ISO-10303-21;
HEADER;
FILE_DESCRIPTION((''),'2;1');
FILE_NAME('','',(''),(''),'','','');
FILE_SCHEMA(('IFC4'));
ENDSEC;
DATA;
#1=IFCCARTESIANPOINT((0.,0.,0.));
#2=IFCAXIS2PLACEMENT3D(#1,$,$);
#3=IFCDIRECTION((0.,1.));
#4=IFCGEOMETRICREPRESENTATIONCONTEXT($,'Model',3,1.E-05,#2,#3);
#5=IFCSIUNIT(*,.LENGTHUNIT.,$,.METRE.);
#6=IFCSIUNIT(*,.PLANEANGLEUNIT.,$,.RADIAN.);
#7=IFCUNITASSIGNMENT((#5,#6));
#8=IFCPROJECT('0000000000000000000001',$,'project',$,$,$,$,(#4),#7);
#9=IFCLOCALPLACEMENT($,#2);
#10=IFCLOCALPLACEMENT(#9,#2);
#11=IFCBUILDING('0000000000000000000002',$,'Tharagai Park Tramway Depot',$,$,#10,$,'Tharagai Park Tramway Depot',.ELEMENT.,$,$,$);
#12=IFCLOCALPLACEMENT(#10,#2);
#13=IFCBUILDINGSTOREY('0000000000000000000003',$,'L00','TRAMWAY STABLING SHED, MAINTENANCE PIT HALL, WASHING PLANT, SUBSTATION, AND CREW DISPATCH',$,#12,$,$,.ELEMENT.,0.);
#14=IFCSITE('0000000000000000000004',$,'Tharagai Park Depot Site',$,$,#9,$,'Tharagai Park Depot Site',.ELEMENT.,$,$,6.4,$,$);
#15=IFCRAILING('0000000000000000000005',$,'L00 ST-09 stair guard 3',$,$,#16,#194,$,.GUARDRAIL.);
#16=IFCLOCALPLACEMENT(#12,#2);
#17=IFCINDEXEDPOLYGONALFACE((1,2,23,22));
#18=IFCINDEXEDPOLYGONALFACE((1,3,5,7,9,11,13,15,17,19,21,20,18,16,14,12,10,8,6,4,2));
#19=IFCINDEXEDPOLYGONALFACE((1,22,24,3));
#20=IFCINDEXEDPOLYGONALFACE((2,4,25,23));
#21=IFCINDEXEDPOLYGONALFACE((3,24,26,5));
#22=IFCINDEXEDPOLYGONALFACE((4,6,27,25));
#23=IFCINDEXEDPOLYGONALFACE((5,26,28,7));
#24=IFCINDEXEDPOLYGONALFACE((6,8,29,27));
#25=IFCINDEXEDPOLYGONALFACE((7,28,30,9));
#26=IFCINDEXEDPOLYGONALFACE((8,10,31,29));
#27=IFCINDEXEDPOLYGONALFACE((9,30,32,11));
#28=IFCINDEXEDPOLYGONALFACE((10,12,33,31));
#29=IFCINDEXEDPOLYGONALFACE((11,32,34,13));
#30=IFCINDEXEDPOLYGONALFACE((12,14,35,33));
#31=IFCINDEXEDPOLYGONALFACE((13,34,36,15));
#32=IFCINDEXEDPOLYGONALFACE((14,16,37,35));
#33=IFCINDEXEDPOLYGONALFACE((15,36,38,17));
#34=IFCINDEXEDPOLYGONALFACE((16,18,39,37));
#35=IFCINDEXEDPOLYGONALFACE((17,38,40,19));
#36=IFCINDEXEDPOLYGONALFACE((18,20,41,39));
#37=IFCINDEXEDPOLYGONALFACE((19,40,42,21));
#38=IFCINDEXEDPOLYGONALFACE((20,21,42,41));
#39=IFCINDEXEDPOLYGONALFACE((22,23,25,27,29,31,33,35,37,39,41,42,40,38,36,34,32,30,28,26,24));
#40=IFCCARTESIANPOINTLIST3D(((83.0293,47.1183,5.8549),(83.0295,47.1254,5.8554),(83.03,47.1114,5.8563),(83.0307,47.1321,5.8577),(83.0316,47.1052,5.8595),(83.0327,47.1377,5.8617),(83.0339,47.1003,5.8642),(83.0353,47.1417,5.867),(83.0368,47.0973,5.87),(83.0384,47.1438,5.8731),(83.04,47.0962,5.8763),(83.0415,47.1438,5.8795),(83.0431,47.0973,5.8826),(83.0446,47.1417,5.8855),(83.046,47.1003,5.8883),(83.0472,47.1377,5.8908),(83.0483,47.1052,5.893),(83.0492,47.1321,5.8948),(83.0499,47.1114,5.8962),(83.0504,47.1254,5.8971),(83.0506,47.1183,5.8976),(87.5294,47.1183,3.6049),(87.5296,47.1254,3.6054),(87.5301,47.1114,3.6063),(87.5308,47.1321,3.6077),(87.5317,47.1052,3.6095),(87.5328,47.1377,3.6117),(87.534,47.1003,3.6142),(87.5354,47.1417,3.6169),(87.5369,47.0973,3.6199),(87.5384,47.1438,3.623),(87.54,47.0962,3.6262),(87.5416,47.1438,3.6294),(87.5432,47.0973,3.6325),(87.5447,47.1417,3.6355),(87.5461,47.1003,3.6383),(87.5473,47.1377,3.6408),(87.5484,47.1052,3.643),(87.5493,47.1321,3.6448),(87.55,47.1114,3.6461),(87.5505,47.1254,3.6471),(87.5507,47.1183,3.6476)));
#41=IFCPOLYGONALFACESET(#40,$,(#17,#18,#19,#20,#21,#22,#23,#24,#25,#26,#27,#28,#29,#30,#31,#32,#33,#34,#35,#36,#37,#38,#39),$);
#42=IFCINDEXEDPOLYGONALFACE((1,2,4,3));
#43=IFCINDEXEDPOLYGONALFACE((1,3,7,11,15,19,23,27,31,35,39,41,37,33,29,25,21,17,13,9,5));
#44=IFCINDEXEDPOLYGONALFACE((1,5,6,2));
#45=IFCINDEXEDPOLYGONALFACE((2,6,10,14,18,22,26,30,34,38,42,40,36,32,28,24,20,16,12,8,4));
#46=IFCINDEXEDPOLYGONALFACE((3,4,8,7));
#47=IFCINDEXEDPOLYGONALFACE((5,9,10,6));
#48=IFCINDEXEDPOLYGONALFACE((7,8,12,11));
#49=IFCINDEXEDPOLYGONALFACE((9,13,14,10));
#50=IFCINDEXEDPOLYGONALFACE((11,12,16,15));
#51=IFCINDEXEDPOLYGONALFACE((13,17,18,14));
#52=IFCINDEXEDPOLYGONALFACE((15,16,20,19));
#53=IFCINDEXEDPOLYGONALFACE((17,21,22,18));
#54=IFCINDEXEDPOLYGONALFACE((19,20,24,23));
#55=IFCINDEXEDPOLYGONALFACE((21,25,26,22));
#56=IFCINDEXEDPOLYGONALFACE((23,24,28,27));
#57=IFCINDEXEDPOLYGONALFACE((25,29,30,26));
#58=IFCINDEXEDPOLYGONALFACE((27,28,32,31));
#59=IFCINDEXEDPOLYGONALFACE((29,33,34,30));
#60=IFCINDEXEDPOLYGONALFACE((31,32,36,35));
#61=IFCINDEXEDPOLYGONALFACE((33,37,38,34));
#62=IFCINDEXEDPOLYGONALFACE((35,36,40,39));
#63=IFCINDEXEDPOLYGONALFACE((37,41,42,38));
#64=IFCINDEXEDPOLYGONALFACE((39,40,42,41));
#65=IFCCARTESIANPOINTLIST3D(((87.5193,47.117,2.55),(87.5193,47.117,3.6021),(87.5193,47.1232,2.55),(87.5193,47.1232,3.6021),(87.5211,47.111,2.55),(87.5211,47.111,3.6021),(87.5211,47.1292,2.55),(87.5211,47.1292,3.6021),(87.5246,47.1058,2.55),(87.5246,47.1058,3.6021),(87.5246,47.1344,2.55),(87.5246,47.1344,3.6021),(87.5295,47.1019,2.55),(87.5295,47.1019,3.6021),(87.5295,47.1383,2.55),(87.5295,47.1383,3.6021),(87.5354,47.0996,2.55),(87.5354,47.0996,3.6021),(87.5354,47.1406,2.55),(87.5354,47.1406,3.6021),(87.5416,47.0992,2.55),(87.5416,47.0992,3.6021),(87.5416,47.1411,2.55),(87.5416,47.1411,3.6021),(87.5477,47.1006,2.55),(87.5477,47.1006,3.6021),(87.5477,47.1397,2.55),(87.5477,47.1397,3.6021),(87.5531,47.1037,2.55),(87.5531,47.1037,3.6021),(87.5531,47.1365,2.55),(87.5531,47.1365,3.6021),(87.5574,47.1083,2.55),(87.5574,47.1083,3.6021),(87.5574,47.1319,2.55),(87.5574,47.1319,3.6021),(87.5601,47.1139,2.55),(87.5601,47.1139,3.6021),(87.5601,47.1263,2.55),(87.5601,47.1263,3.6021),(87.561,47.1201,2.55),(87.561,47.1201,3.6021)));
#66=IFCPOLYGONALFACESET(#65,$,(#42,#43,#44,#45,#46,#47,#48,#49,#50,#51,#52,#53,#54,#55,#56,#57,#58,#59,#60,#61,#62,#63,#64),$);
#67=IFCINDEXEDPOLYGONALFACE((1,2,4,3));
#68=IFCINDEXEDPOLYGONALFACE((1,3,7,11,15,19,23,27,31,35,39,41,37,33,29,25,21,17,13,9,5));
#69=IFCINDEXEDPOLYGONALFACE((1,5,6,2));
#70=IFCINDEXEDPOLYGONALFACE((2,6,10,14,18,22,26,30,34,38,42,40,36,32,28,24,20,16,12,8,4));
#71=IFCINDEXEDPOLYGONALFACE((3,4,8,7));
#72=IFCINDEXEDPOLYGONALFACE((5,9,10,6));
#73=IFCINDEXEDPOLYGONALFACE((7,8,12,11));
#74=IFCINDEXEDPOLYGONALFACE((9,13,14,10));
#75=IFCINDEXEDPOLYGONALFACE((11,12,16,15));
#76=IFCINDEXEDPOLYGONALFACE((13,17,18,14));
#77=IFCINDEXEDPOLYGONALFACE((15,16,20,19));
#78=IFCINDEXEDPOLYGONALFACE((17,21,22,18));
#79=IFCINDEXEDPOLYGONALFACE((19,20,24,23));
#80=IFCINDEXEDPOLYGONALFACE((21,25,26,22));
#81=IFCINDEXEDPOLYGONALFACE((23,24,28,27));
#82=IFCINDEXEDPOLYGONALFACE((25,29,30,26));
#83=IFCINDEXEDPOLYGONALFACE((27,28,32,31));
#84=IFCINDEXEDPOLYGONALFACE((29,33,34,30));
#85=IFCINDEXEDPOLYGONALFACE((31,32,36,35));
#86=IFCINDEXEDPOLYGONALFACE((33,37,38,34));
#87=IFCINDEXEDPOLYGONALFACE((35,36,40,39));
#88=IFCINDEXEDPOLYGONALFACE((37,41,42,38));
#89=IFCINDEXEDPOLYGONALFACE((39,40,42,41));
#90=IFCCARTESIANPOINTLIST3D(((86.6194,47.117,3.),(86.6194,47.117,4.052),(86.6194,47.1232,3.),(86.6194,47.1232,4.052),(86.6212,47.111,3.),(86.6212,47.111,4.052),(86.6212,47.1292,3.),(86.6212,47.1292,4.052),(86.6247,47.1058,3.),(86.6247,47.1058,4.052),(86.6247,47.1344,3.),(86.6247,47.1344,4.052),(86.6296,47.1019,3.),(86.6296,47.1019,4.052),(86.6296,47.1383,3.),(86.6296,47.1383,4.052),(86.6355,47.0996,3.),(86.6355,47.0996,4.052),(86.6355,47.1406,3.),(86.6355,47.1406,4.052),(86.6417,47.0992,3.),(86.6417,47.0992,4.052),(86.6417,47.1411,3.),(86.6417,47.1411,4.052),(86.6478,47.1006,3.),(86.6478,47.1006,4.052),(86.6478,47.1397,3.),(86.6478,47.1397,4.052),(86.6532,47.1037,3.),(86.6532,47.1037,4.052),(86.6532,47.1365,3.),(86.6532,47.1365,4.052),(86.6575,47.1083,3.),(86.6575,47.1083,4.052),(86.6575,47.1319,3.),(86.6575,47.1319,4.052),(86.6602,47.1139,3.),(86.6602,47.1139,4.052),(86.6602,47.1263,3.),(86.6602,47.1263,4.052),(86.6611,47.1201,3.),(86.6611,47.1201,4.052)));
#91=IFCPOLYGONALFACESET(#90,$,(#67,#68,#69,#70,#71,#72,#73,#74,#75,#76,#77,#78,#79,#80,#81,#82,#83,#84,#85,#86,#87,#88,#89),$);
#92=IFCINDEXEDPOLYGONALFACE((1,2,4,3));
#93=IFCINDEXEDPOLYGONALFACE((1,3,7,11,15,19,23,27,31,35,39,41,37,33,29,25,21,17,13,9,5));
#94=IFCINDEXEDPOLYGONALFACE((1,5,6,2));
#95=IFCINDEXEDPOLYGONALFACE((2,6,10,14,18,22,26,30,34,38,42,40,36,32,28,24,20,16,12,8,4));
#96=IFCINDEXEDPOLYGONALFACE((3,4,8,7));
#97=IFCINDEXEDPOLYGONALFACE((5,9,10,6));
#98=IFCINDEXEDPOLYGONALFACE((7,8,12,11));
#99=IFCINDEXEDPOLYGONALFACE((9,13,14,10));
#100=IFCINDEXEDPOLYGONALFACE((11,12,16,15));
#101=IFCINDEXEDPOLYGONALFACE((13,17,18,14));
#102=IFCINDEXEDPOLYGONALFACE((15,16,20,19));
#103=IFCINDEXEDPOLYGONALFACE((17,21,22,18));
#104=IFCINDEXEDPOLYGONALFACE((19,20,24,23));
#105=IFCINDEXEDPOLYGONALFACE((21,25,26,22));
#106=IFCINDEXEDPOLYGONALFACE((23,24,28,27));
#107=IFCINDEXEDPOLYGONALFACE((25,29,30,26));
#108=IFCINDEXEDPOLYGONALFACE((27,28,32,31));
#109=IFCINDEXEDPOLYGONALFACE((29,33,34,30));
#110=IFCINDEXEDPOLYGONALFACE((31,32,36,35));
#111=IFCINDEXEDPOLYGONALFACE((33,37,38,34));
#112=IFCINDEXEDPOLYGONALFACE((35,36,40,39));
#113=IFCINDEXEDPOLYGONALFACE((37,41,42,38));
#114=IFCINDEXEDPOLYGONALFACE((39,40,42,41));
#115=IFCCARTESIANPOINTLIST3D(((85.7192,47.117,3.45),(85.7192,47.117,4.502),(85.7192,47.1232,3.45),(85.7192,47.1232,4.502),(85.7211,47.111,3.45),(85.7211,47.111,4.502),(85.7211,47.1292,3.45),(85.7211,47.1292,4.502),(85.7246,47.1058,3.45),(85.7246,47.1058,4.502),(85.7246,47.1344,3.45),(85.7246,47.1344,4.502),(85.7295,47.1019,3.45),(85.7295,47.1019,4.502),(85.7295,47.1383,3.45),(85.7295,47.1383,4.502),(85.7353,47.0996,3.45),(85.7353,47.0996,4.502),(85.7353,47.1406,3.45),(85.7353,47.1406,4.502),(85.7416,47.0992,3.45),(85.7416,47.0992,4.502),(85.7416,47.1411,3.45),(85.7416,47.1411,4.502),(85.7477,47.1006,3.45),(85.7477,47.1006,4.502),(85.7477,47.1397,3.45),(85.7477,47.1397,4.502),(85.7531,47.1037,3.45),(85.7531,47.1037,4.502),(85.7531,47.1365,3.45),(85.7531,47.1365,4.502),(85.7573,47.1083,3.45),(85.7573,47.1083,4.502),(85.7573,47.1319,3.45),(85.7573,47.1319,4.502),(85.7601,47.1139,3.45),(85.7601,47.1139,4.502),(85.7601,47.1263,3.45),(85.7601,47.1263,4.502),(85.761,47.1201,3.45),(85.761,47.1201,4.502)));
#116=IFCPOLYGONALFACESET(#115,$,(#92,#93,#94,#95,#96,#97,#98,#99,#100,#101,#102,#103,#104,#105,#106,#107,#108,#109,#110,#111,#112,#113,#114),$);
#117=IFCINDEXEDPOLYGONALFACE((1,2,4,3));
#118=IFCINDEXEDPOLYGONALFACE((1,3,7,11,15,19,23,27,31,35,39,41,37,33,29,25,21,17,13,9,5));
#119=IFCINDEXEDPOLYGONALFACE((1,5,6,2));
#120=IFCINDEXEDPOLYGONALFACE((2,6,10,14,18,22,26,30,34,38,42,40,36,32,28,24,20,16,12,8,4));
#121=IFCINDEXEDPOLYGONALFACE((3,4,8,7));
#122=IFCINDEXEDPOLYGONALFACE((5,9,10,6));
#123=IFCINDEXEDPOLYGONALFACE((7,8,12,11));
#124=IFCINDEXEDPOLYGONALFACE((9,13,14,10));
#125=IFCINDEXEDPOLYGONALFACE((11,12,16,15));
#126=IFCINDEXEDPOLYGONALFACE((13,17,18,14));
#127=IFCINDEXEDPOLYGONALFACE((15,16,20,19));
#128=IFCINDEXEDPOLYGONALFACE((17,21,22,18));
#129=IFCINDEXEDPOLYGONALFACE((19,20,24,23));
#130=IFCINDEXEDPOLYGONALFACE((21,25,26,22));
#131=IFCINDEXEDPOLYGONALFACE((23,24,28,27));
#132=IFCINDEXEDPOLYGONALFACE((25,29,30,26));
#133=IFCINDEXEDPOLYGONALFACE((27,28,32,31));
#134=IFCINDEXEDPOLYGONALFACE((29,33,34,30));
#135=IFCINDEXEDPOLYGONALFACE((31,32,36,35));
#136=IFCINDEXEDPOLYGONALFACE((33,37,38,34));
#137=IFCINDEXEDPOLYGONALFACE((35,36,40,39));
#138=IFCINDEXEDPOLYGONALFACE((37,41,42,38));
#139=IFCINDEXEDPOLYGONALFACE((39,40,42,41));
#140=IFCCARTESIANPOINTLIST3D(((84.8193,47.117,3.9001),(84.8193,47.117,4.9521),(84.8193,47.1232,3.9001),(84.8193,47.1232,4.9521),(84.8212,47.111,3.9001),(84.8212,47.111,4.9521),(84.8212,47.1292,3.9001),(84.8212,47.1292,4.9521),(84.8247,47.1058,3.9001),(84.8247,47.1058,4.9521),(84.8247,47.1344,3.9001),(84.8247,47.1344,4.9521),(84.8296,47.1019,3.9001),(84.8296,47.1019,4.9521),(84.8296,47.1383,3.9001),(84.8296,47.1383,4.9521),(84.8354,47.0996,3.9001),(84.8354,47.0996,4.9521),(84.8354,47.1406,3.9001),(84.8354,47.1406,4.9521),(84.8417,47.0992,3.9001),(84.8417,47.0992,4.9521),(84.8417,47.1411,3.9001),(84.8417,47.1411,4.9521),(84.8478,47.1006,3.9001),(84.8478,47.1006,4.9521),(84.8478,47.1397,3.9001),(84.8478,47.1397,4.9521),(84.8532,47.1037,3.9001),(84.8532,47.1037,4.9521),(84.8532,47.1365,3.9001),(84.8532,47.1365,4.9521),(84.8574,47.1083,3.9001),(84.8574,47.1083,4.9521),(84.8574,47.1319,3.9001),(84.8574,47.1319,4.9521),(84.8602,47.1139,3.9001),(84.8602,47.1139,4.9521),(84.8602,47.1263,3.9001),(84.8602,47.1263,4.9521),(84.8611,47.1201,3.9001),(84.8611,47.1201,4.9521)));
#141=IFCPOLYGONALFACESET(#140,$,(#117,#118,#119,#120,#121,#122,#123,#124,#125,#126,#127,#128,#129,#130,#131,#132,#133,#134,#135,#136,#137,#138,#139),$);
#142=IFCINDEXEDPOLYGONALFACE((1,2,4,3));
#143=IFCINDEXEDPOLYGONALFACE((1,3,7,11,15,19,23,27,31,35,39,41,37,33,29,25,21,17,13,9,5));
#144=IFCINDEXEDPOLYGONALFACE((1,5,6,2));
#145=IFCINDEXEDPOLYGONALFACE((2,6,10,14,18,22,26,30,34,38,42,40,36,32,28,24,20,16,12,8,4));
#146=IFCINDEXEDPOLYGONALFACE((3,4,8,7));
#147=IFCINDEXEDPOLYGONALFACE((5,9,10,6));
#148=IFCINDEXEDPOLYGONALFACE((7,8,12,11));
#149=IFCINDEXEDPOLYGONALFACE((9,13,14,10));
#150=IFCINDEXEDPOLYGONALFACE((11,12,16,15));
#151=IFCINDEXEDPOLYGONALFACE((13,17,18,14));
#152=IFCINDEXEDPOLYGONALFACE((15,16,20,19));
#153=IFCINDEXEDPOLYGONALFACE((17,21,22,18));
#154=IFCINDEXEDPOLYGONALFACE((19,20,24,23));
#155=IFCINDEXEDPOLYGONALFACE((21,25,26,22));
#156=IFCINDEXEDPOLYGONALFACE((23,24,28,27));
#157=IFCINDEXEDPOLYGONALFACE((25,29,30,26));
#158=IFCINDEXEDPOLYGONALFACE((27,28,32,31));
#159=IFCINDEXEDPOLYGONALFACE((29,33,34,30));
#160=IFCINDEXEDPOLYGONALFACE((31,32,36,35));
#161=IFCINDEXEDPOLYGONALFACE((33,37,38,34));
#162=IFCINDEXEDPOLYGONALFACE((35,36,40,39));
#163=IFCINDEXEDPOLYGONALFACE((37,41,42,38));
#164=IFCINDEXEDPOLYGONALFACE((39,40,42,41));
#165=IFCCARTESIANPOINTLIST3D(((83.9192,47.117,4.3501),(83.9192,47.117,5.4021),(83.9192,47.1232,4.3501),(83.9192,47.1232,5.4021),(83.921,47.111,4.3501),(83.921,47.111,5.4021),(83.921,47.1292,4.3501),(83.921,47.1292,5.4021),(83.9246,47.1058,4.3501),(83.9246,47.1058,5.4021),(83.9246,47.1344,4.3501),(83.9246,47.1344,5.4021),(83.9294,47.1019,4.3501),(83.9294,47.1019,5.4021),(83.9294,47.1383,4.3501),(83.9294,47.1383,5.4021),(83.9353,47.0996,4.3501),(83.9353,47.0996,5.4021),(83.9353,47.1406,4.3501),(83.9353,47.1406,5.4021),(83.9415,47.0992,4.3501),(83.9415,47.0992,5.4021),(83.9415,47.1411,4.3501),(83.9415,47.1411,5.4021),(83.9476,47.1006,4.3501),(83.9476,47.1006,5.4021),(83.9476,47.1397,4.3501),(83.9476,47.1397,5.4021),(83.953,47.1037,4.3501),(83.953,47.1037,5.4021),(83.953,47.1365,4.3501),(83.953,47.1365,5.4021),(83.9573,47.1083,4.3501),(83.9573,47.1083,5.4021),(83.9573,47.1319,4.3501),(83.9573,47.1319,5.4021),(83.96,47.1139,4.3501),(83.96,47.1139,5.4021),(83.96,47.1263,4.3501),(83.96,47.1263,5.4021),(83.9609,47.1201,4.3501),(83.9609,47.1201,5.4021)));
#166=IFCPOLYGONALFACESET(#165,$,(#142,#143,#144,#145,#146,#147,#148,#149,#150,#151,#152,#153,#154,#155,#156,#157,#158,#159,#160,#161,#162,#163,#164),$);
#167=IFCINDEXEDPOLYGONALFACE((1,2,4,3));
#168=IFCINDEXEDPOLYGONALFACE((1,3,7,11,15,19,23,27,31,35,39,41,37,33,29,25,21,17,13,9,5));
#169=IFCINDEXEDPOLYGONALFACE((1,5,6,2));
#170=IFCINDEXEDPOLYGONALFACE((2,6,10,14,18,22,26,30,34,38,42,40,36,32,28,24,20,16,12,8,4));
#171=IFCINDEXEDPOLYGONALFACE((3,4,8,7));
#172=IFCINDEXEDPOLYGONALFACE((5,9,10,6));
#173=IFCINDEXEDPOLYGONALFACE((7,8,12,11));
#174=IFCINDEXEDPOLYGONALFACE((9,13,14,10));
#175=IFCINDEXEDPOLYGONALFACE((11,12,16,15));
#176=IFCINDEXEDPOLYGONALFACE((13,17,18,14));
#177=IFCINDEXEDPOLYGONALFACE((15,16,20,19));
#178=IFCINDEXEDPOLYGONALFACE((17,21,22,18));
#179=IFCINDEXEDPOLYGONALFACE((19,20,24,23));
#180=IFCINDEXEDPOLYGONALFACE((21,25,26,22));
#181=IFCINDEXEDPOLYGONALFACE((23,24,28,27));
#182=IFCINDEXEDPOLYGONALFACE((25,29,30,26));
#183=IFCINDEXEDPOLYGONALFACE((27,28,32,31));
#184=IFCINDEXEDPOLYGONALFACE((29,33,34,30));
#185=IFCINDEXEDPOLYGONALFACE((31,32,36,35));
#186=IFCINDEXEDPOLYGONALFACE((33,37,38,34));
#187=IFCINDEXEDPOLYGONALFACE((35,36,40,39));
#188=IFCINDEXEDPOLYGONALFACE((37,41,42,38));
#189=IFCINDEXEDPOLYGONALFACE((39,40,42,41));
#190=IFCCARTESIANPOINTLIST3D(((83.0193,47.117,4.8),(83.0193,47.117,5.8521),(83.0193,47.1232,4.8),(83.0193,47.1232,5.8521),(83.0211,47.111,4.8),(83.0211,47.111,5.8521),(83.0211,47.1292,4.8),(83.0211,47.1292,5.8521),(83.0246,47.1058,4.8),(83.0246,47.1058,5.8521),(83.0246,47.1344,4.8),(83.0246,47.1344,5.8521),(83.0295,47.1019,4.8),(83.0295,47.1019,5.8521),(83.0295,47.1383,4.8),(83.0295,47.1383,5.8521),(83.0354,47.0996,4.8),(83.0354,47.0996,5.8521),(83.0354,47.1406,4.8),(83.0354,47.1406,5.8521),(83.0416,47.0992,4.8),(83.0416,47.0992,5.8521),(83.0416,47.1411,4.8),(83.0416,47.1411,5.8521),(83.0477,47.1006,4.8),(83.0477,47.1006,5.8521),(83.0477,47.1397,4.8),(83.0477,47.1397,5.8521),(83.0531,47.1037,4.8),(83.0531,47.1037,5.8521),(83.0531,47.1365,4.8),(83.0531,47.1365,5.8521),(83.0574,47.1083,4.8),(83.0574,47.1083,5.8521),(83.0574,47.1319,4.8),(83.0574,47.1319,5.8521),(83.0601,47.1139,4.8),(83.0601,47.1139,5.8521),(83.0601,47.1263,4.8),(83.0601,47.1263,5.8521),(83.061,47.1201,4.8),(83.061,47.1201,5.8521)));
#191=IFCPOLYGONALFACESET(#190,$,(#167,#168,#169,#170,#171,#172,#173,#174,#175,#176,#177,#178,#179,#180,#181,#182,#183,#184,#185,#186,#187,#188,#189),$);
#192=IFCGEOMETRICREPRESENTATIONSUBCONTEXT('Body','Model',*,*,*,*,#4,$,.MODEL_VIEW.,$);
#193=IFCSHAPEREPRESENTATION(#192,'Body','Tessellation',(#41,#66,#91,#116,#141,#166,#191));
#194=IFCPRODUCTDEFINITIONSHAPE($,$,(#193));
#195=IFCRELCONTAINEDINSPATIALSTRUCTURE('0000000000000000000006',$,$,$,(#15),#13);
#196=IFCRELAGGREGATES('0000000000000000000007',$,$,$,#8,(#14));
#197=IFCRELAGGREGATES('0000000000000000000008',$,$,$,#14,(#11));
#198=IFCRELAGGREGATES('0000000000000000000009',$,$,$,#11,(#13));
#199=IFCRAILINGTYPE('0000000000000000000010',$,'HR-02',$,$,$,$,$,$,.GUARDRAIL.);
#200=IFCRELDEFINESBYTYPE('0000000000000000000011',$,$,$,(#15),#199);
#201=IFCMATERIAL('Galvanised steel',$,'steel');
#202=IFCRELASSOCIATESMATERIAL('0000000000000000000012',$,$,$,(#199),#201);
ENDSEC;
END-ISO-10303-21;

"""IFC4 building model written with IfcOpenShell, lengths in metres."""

from ifc_helpers import new_model, si_unit, direction, frame, origin, origin_2d, place, context, subcontext, project, spatial, circle, extrude, material, type_object, element, save


model = new_model("IFC4")

# Units and contexts
model_context = context("Model", 3, precision=1e-05, world=origin(), true_north=direction((0.0, 1.0)))
body_context = subcontext(model_context, "Body", "Model", "MODEL_VIEW")
ifc_project = project(units=[si_unit("LENGTHUNIT", "METRE"), si_unit("PLANEANGLEUNIT", "RADIAN")], contexts=[model_context])

# Site, building, storey
site_placement = place(None, origin())
site = spatial("IfcSite", under=ifc_project, at=site_placement, Name="Tharagai Park Depot Site", LongName="Tharagai Park Depot Site", CompositionType="ELEMENT", RefElevation=6.4)
building_placement = place(site_placement, origin())
building = spatial("IfcBuilding", under=site, at=building_placement, Name="Tharagai Park Tramway Depot", LongName="Tharagai Park Tramway Depot", CompositionType="ELEMENT")
storey_placement = place(building_placement, origin())
storey = spatial("IfcBuildingStorey", under=building, at=storey_placement, Name="L00", Description="TRAMWAY STABLING SHED, MAINTENANCE PIT HALL, WASHING PLANT, SUBSTATION, AND CREW DISPATCH", CompositionType="ELEMENT", Elevation=0.0)

# Shared definitions
ifc_material_1 = material(Name="Galvanised steel", Category="steel")

# Railing
railing_type_1 = type_object("IfcRailingType", Name="HR-02", PredefinedType="GUARDRAIL", material=ifc_material_1)
railing_1_placement = place(storey_placement, frame((87.54, 47.1201, 2.55)))
element("IfcRailing", 1, at=railing_1_placement, inside=storey, type_object=railing_type_1, Name="L00 ST-09 stair guard 3", PredefinedType="GUARDRAIL", context=body_context, shape_type="SweptSolid", body=[
    extrude(circle(Radius=0.0239, at=origin_2d()), frame((0.0, 0.0, 1.0762), z_axis=(-0.894427, 0.0, 0.447214), x_axis=(0.0, -1.0, 0.0)), (0.0, 0.0, 1.0), 5.0312),
    extrude(circle(Radius=0.021, at=origin_2d()), origin(), (0.0, 0.0, 1.0), 1.052),
    extrude(circle(Radius=0.021, at=origin_2d()), frame((-0.8999, 0.0, 0.45)), (0.0, 0.0, 1.0), 1.052),
    extrude(circle(Radius=0.021, at=origin_2d()), frame((-1.8, 0.0, 0.8999)), (0.0, 0.0, 1.0), 1.052),
    extrude(circle(Radius=0.021, at=origin_2d()), frame((-2.7, 0.0, 1.3501)), (0.0, 0.0, 1.0), 1.052),
    extrude(circle(Radius=0.021, at=origin_2d()), frame((-3.6001, 0.0, 1.8)), (0.0, 0.0, 1.0), 1.052),
    extrude(circle(Radius=0.021, at=origin_2d()), frame((-4.5, 0.0, 2.25)), (0.0, 0.0, 1.0), 1.052),
])

save(model, "model.ifc")
